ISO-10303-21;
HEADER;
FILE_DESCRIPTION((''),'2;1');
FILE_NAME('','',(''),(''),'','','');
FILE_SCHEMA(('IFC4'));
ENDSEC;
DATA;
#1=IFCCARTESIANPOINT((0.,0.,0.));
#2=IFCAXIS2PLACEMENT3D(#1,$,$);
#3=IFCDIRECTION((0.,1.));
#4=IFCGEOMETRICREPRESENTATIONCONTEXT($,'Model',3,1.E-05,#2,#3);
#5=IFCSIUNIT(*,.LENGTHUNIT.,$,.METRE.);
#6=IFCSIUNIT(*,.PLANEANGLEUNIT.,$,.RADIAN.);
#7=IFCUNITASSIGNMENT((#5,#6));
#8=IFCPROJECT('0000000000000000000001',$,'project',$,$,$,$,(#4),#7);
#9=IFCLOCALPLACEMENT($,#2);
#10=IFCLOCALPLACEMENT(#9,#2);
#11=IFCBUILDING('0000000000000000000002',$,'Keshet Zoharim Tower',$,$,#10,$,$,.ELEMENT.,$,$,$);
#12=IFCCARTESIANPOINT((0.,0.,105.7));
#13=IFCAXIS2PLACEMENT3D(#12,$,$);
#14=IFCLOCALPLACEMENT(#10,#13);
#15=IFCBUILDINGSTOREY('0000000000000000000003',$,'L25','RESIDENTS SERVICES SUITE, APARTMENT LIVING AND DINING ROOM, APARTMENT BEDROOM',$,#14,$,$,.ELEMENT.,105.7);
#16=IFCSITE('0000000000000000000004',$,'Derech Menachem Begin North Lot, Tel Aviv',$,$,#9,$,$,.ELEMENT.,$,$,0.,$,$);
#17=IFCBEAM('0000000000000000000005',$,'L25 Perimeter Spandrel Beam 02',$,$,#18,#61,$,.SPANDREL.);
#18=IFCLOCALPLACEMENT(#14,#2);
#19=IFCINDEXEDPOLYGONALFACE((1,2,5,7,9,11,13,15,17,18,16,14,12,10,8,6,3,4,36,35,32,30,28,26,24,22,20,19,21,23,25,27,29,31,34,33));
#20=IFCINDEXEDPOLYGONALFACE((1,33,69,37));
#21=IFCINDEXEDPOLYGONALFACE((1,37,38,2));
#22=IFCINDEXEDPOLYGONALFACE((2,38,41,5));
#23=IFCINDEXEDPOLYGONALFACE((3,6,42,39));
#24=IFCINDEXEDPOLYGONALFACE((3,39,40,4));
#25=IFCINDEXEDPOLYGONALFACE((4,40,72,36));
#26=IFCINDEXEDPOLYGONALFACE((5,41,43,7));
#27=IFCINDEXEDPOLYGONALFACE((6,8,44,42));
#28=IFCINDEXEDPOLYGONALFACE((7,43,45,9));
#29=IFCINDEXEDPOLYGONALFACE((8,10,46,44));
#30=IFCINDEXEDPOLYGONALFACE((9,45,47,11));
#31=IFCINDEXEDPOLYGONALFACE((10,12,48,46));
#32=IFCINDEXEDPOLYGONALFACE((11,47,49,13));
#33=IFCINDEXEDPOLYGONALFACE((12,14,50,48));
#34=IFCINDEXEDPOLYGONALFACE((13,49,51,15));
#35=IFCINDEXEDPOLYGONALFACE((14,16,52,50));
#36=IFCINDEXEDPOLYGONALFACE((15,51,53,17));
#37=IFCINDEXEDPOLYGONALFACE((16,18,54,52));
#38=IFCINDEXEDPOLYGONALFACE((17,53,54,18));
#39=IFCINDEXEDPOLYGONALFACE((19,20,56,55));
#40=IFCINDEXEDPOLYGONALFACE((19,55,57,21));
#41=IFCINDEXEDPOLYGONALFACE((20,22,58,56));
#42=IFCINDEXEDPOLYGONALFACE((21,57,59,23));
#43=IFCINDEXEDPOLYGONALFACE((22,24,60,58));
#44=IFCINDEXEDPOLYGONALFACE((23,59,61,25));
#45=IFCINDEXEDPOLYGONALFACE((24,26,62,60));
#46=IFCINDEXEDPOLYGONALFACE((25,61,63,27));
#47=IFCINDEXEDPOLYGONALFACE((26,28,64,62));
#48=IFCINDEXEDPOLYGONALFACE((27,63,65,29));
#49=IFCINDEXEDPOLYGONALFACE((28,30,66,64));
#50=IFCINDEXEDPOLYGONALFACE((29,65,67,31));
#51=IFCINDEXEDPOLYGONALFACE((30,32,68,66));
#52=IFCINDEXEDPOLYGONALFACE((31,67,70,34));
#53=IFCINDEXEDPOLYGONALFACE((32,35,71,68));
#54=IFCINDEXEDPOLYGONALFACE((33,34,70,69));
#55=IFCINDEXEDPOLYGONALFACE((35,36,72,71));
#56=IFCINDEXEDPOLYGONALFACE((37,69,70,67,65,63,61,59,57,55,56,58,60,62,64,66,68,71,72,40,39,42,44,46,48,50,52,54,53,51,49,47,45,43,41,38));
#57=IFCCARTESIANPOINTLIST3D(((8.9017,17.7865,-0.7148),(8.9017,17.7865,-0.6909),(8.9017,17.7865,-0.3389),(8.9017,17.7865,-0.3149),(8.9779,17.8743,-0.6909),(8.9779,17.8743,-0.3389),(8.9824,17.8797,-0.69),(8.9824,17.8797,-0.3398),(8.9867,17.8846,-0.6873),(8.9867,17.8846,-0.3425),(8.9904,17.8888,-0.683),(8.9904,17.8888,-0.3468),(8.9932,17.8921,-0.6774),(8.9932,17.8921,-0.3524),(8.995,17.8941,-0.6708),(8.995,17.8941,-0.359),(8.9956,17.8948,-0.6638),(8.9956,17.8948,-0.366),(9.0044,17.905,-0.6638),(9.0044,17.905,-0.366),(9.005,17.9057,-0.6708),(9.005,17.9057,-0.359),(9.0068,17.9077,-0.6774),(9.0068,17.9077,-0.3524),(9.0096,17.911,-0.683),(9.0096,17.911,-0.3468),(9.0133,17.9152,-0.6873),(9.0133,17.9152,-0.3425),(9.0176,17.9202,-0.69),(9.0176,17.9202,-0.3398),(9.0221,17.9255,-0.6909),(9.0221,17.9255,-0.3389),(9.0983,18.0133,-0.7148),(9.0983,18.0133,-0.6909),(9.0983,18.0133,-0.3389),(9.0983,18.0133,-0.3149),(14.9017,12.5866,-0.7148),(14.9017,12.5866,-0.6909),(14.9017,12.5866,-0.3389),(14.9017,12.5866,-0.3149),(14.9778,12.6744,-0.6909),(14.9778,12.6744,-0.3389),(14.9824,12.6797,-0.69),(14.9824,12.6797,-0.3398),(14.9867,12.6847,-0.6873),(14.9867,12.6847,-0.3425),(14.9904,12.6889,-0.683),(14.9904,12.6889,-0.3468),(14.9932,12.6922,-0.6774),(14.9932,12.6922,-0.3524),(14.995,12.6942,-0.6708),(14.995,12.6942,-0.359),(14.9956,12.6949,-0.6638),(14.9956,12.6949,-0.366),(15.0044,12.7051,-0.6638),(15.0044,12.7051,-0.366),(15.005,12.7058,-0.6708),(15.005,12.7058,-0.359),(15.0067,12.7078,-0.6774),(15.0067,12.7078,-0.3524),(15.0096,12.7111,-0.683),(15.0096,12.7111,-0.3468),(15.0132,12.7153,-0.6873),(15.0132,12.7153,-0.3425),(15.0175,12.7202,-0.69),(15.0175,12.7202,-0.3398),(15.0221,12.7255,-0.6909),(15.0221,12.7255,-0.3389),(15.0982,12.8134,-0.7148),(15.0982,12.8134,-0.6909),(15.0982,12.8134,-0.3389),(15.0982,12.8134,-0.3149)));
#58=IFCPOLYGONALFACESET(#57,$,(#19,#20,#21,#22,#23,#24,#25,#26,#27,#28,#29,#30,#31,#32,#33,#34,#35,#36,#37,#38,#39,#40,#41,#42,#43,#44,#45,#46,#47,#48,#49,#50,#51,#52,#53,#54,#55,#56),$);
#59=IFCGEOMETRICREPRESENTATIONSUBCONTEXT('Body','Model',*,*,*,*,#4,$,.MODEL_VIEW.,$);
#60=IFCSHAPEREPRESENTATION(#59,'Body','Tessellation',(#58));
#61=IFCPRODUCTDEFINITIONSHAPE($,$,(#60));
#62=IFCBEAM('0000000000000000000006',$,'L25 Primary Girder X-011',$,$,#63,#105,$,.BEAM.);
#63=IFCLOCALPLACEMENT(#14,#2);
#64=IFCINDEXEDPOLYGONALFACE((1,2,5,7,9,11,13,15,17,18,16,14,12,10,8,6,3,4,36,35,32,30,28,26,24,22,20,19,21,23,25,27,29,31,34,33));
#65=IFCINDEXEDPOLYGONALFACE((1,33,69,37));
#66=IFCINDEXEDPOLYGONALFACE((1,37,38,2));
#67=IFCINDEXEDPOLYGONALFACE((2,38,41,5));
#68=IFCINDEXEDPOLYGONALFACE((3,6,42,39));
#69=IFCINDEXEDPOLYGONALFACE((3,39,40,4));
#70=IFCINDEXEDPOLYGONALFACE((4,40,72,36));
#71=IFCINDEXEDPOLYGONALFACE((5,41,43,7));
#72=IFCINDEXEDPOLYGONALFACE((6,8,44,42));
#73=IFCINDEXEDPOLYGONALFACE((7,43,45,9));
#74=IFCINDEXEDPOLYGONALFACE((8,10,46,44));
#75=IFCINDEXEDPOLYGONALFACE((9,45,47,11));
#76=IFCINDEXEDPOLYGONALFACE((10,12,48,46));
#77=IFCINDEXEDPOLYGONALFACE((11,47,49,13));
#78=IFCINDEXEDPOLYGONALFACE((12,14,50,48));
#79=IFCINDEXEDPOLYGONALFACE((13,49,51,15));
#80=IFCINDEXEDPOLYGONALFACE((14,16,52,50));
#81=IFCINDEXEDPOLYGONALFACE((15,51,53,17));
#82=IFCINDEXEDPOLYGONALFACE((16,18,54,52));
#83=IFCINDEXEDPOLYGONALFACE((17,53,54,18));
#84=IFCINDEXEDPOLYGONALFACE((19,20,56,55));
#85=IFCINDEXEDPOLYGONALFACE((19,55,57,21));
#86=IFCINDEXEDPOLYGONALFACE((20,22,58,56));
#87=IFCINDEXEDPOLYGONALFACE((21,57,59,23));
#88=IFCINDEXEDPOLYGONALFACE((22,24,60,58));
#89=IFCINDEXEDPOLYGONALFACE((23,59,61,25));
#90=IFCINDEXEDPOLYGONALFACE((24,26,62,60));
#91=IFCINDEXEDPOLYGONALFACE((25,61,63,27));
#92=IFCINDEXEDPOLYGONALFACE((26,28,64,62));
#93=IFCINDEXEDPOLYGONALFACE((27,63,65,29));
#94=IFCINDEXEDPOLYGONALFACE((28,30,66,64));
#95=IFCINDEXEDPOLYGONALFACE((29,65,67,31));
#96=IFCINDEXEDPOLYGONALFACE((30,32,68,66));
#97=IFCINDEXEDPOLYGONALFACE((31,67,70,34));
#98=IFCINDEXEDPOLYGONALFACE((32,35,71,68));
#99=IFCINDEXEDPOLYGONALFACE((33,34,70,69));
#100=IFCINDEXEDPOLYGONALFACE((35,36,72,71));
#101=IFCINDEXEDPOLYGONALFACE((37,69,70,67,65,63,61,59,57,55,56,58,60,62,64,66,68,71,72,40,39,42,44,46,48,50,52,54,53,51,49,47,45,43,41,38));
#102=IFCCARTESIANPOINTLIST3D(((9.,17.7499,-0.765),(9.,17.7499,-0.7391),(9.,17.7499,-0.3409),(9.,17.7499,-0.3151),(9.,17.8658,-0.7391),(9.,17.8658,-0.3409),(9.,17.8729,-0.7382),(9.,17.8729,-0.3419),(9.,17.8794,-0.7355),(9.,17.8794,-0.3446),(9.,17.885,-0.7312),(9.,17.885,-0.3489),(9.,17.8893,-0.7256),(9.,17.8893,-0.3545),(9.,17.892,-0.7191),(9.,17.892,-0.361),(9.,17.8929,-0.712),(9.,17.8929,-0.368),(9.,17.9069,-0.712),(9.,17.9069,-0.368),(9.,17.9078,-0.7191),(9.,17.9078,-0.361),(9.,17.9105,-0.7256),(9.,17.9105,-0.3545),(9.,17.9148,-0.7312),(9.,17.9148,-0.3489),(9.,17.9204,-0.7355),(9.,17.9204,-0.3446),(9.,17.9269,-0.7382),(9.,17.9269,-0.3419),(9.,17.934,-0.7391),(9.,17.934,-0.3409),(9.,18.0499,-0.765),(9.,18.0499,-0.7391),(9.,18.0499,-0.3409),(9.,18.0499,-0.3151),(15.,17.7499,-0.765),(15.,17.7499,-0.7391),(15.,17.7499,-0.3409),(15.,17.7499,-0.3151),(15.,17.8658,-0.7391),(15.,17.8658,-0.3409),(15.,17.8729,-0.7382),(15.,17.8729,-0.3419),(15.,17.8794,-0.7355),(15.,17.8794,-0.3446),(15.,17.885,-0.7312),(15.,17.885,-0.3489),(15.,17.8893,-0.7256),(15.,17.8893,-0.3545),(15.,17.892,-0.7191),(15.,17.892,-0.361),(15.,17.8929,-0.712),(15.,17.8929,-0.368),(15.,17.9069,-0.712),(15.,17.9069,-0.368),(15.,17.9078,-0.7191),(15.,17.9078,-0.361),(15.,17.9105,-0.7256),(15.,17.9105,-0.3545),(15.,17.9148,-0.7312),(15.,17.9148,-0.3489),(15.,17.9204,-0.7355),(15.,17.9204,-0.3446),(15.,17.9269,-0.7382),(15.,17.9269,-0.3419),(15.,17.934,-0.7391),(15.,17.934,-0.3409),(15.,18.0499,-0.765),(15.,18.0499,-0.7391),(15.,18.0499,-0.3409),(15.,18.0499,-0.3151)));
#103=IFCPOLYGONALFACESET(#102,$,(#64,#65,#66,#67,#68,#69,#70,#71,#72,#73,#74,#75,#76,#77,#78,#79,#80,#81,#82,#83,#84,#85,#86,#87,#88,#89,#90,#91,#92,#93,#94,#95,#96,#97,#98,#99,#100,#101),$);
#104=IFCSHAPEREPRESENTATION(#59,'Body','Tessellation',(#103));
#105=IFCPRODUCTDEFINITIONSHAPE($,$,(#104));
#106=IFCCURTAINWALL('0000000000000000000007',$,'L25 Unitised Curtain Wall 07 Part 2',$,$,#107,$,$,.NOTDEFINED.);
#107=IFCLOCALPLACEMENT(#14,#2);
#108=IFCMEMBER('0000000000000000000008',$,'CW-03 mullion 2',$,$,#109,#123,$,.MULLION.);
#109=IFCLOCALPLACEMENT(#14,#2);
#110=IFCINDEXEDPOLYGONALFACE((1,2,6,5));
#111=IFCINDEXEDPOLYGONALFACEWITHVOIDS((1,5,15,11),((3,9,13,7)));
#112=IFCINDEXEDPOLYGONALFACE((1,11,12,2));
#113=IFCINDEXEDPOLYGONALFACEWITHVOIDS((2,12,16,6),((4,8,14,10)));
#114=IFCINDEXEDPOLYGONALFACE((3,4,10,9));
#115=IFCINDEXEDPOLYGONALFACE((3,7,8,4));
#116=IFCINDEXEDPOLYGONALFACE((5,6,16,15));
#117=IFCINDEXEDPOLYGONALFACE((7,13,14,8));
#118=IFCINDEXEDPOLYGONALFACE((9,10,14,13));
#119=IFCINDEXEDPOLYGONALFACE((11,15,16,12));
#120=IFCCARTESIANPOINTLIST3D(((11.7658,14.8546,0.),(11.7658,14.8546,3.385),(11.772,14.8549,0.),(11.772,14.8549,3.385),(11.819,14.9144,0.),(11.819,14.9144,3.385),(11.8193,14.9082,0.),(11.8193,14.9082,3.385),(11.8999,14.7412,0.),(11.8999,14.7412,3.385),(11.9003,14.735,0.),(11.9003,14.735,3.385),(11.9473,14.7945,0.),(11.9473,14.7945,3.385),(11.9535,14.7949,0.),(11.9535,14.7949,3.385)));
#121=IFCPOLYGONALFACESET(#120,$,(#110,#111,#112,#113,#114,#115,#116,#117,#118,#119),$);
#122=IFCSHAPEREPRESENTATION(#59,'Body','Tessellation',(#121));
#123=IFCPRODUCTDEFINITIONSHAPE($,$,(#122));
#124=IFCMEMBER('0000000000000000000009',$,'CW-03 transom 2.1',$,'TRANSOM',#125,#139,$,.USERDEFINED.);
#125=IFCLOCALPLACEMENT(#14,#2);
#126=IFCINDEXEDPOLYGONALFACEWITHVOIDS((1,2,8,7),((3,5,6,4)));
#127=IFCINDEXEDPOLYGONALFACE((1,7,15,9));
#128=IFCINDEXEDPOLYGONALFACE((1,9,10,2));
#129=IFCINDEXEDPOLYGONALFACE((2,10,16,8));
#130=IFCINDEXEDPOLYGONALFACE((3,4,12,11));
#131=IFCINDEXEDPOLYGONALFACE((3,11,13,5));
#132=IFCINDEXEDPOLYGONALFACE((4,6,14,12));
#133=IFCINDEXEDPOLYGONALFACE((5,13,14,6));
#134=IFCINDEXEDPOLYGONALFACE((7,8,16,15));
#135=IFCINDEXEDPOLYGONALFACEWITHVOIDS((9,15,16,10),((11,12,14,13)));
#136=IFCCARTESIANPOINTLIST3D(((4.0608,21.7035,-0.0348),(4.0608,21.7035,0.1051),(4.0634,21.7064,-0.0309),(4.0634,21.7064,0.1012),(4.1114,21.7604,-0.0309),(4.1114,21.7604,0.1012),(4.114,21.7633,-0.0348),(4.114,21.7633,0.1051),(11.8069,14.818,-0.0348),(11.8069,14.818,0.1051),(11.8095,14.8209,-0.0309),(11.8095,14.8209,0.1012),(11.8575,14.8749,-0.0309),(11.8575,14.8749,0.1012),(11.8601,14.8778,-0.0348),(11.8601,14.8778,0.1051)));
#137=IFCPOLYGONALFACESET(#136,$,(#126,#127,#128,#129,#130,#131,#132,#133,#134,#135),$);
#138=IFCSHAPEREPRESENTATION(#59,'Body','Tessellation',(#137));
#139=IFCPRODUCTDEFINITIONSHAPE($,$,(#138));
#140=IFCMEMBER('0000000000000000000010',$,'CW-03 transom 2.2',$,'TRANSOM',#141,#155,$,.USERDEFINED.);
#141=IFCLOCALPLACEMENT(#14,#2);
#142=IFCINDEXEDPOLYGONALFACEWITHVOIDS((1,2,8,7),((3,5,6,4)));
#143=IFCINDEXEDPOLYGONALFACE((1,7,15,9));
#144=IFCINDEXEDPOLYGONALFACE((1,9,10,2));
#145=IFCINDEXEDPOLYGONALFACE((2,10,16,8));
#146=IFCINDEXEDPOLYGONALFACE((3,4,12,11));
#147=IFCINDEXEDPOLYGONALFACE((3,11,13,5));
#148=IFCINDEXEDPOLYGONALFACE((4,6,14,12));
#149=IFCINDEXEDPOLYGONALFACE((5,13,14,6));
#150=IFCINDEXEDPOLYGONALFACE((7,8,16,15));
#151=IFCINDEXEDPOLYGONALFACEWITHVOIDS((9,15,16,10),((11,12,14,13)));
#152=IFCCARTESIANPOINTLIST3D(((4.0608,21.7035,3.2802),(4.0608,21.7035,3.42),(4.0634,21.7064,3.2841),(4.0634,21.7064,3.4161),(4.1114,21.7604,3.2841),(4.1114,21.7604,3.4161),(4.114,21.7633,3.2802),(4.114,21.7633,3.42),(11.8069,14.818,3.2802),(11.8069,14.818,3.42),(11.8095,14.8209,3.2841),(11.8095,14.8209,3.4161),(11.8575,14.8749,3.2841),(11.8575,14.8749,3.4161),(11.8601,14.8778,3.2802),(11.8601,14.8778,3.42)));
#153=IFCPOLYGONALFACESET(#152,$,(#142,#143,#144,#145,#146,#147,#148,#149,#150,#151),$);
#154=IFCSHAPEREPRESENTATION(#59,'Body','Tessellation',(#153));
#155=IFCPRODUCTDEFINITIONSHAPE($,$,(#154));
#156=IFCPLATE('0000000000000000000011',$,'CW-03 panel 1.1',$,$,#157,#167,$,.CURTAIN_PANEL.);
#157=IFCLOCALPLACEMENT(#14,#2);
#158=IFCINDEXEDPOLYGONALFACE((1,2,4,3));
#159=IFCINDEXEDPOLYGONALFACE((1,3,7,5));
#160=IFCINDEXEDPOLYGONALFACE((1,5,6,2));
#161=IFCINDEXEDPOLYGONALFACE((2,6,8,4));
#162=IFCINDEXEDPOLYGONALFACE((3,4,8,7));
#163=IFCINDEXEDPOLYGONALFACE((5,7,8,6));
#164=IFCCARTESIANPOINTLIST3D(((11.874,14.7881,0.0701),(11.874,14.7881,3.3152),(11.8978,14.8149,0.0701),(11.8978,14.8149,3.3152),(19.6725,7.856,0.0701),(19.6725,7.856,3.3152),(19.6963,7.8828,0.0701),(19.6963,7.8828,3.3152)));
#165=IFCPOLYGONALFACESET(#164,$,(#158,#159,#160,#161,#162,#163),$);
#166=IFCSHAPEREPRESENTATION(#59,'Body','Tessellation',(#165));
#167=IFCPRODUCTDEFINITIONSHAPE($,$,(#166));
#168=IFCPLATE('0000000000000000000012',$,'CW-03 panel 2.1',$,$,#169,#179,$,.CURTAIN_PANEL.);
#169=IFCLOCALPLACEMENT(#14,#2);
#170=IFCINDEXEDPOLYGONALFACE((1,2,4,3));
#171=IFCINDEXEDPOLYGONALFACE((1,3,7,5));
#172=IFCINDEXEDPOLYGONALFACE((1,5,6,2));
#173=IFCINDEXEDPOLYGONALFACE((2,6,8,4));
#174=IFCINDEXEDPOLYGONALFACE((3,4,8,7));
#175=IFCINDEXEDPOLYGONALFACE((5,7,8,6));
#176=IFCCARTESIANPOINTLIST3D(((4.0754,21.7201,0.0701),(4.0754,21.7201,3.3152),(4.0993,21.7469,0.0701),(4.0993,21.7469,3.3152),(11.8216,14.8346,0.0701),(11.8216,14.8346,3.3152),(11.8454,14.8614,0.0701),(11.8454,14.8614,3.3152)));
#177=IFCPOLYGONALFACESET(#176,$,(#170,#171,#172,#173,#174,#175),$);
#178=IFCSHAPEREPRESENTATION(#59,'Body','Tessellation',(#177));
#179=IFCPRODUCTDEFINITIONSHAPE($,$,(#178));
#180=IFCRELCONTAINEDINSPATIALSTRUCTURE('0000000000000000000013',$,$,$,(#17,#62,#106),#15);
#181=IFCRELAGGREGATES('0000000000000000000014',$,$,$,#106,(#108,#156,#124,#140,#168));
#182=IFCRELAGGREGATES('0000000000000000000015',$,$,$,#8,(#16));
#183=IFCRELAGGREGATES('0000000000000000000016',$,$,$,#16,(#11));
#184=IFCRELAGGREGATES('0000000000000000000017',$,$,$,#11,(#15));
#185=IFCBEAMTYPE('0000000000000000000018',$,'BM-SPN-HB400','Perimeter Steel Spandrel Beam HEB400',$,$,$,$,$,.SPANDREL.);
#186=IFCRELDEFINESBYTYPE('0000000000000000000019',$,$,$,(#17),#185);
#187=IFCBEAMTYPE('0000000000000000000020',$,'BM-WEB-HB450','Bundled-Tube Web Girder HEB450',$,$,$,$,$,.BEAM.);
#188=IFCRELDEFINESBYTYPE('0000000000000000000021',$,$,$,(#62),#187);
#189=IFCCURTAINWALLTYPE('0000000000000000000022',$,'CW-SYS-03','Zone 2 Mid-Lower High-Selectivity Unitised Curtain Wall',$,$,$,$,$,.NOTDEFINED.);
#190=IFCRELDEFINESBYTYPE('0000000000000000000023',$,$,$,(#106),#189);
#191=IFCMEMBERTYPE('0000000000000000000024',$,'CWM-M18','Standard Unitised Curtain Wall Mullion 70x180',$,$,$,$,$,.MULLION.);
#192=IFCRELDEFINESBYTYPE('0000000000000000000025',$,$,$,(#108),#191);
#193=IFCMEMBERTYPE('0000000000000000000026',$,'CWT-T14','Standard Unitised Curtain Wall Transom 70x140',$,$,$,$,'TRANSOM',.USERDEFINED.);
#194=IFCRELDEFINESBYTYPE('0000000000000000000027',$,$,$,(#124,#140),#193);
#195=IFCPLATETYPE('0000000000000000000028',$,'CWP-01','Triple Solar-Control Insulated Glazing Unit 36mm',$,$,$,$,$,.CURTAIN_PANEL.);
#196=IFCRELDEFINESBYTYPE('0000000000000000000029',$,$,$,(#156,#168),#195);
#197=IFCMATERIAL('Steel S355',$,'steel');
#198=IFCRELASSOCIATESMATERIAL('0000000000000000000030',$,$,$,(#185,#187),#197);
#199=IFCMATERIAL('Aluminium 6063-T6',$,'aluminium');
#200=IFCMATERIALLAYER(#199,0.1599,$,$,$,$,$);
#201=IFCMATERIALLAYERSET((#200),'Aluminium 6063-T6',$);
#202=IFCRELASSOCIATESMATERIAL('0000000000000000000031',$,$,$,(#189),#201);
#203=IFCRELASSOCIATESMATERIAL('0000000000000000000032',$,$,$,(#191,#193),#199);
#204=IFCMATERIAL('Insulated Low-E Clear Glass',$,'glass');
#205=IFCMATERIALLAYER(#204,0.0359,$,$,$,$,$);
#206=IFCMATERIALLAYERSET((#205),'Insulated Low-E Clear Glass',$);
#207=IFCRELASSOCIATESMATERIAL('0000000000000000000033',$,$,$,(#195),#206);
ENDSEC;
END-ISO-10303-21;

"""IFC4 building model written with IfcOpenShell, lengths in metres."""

from ifc_helpers import new_model, si_unit, direction, frame, origin, origin_2d, place, context, subcontext, project, spatial, rectangle, hollow_rectangle, i_section, extrude, material, layer, layer_set, material_profile, profile_set, type_object, element, aggregate, save


model = new_model("IFC4")

# Units and contexts
model_context = context("Model", 3, precision=1e-05, world=origin(), true_north=direction((0.0, 1.0)))
body_context = subcontext(model_context, "Body", "Model", "MODEL_VIEW")
ifc_project = project(units=[si_unit("LENGTHUNIT", "METRE"), si_unit("PLANEANGLEUNIT", "RADIAN")], contexts=[model_context])

# Site, building, storey
site_placement = place(None, origin())
site = spatial("IfcSite", under=ifc_project, at=site_placement, Name="Derech Menachem Begin North Lot, Tel Aviv", CompositionType="ELEMENT", RefElevation=0.0)
building_placement = place(site_placement, origin())
building = spatial("IfcBuilding", under=site, at=building_placement, Name="Keshet Zoharim Tower", CompositionType="ELEMENT")
storey_placement = place(building_placement, frame((0.0, 0.0, 105.7)))
storey = spatial("IfcBuildingStorey", under=building, at=storey_placement, Name="L25", Description="RESIDENTS SERVICES SUITE, APARTMENT LIVING AND DINING ROOM, APARTMENT BEDROOM", CompositionType="ELEMENT", Elevation=105.7)

# Shared definitions
ifc_material_1 = material(Name="Steel S355", Category="steel")

# Beams
ifc_material_profile_1 = material_profile(ifc_material_1, i_section(OverallWidth=0.3, OverallDepth=0.3999, WebThickness=0.0134, FlangeThickness=0.0239, FilletRadius=0.0271, at=origin_2d()), Name="HEB400")
ifc_profile_set_1 = profile_set([ifc_material_profile_1], Name="Steel S355")
beam_type_1 = type_object("IfcBeamType", Name="BM-SPN-HB400", Description="Perimeter Steel Spandrel Beam HEB400", PredefinedType="SPANDREL", material=ifc_profile_set_1)
beam_1_placement = place(storey_placement, frame((9.0, 17.8999, -0.5149), z_axis=(0.755692, -0.654927, 0.0), x_axis=(0.654927, 0.755692, 0.0)))
element("IfcBeam", 1, at=beam_1_placement, inside=storey, type_object=beam_type_1, Name="L25 Perimeter Spandrel Beam 02", PredefinedType="SPANDREL", context=body_context, shape_type="SweptSolid", body=[
    extrude(i_section(OverallWidth=0.3, OverallDepth=0.3999, WebThickness=0.0134, FlangeThickness=0.0239, FilletRadius=0.0271, at=origin_2d()), origin(), (0.0, 0.0, 1.0), 7.9397),
])
ifc_material_profile_2 = material_profile(ifc_material_1, i_section(OverallWidth=0.3, OverallDepth=0.45, WebThickness=0.0139, FlangeThickness=0.0259, FilletRadius=0.0271, at=origin_2d()), Name="HEB450")
ifc_profile_set_2 = profile_set([ifc_material_profile_2], Name="Steel S355")
beam_type_2 = type_object("IfcBeamType", Name="BM-WEB-HB450", Description="Bundled-Tube Web Girder HEB450", PredefinedType="BEAM", material=ifc_profile_set_2)
beam_2_placement = place(storey_placement, frame((9.0, 17.8999, -0.54), z_axis=(1.0, 0.0, 0.0), x_axis=(0.0, 1.0, 0.0)))
element("IfcBeam", 2, at=beam_2_placement, inside=storey, type_object=beam_type_2, Name="L25 Primary Girder X-011", PredefinedType="BEAM", context=body_context, shape_type="SweptSolid", body=[
    extrude(i_section(OverallWidth=0.3, OverallDepth=0.45, WebThickness=0.0139, FlangeThickness=0.0259, FilletRadius=0.0271, at=origin_2d()), origin(), (0.0, 0.0, 1.0), 6.0),
])

# Curtain wall, members, plates
ifc_material_2 = material(Name="Aluminium 6063-T6", Category="aluminium")
ifc_layer_1 = layer(ifc_material_2, 0.1599)
ifc_layer_set_1 = layer_set([ifc_layer_1], Name="Aluminium 6063-T6")
curtain_wall_type = type_object("IfcCurtainWallType", Name="CW-SYS-03", Description="Zone 2 Mid-Lower High-Selectivity Unitised Curtain Wall", PredefinedType="NOTDEFINED", material=ifc_layer_set_1)
curtain_wall_placement = place(storey_placement, origin())
curtain_wall = element("IfcCurtainWall", 3, at=curtain_wall_placement, inside=storey, type_object=curtain_wall_type, Name="L25 Unitised Curtain Wall 07 Part 2", PredefinedType="NOTDEFINED")
ifc_material_profile_3 = material_profile(ifc_material_2, hollow_rectangle(XDim=0.0801, YDim=0.1799, WallThickness=0.0044, at=origin_2d()), Name="MUL-80x180")
ifc_profile_set_3 = profile_set([ifc_material_profile_3], Name="Aluminium 6063-T6")
member_type_1 = type_object("IfcMemberType", Name="CWM-M18", Description="Standard Unitised Curtain Wall Mullion 70x180", PredefinedType="MULLION", material=ifc_profile_set_3)
member_1_placement = place(storey_placement, frame((11.8596, 14.8247, 0.0), z_axis=(0.0, 0.0, 1.0), x_axis=(-0.664364, -0.747409, 0.0)))
member_1 = element("IfcMember", 4, at=member_1_placement, type_object=member_type_1, Name="CW-03 mullion 2", PredefinedType="MULLION", context=body_context, shape_type="SweptSolid", body=[
    extrude(hollow_rectangle(XDim=0.0801, YDim=0.1799, WallThickness=0.0044, at=origin_2d()), origin(), (0.0, 0.0, 1.0), 3.385),
])
ifc_material_profile_4 = material_profile(ifc_material_2, hollow_rectangle(XDim=0.0801, YDim=0.1399, WallThickness=0.0039, at=origin_2d()), Name="TRN-80x140")
ifc_profile_set_4 = profile_set([ifc_material_profile_4], Name="Aluminium 6063-T6")
member_type_2 = type_object("IfcMemberType", Name="CWT-T14", Description="Standard Unitised Curtain Wall Transom 70x140", ElementType="TRANSOM", PredefinedType="USERDEFINED", material=ifc_profile_set_4)
member_2_placement = place(storey_placement, frame((11.8335, 14.8479, 0.0352), z_axis=(-0.747405, 0.664368, 0.0), x_axis=(-0.664368, -0.747405, 0.0)))
member_2 = element("IfcMember", 5, at=member_2_placement, type_object=member_type_2, Name="CW-03 transom 2.1", ObjectType="TRANSOM", PredefinedType="USERDEFINED", context=body_context, shape_type="SweptSolid", body=[
    extrude(hollow_rectangle(XDim=0.0801, YDim=0.1399, WallThickness=0.0039, at=origin_2d()), origin(), (0.0, 0.0, 1.0), 10.364),
])
member_3_placement = place(storey_placement, frame((11.8335, 14.8479, 3.3501), z_axis=(-0.747405, 0.664368, 0.0), x_axis=(-0.664368, -0.747405, 0.0)))
member_3 = element("IfcMember", 6, at=member_3_placement, type_object=member_type_2, Name="CW-03 transom 2.2", ObjectType="TRANSOM", PredefinedType="USERDEFINED", context=body_context, shape_type="SweptSolid", body=[
    extrude(hollow_rectangle(XDim=0.0801, YDim=0.1399, WallThickness=0.0039, at=origin_2d()), origin(), (0.0, 0.0, 1.0), 10.364),
])
ifc_material_3 = material(Name="Insulated Low-E Clear Glass", Category="glass")
ifc_layer_2 = layer(ifc_material_3, 0.0359)
ifc_layer_set_2 = layer_set([ifc_layer_2], Name="Insulated Low-E Clear Glass")
plate_type = type_object("IfcPlateType", Name="CWP-01", Description="Triple Solar-Control Insulated Glazing Unit 36mm", PredefinedType="CURTAIN_PANEL", material=ifc_layer_set_2)
plate_1_placement = place(storey_placement, frame((15.7852, 11.3354, 0.0701), z_axis=(0.0, 0.0, 1.0), x_axis=(-0.747409, 0.664364, 0.0)))
plate_1 = element("IfcPlate", 7, at=plate_1_placement, type_object=plate_type, Name="CW-03 panel 1.1", PredefinedType="CURTAIN_PANEL", context=body_context, shape_type="SweptSolid", body=[
    extrude(rectangle(XDim=10.4341, YDim=0.0359, at=origin_2d()), origin(), (0.0, 0.0, 1.0), 3.2451),
])
plate_2_placement = place(storey_placement, frame((7.9604, 18.2908, 0.0701), z_axis=(0.0, 0.0, 1.0), x_axis=(-0.747409, 0.664364, 0.0)))
plate_2 = element("IfcPlate", 8, at=plate_2_placement, type_object=plate_type, Name="CW-03 panel 2.1", PredefinedType="CURTAIN_PANEL", context=body_context, shape_type="SweptSolid", body=[
    extrude(rectangle(XDim=10.364, YDim=0.0359, at=origin_2d()), origin(), (0.0, 0.0, 1.0), 3.2451),
])
aggregate(curtain_wall, [member_1, plate_1, member_2, member_3, plate_2])

save(model, "model.ifc")
